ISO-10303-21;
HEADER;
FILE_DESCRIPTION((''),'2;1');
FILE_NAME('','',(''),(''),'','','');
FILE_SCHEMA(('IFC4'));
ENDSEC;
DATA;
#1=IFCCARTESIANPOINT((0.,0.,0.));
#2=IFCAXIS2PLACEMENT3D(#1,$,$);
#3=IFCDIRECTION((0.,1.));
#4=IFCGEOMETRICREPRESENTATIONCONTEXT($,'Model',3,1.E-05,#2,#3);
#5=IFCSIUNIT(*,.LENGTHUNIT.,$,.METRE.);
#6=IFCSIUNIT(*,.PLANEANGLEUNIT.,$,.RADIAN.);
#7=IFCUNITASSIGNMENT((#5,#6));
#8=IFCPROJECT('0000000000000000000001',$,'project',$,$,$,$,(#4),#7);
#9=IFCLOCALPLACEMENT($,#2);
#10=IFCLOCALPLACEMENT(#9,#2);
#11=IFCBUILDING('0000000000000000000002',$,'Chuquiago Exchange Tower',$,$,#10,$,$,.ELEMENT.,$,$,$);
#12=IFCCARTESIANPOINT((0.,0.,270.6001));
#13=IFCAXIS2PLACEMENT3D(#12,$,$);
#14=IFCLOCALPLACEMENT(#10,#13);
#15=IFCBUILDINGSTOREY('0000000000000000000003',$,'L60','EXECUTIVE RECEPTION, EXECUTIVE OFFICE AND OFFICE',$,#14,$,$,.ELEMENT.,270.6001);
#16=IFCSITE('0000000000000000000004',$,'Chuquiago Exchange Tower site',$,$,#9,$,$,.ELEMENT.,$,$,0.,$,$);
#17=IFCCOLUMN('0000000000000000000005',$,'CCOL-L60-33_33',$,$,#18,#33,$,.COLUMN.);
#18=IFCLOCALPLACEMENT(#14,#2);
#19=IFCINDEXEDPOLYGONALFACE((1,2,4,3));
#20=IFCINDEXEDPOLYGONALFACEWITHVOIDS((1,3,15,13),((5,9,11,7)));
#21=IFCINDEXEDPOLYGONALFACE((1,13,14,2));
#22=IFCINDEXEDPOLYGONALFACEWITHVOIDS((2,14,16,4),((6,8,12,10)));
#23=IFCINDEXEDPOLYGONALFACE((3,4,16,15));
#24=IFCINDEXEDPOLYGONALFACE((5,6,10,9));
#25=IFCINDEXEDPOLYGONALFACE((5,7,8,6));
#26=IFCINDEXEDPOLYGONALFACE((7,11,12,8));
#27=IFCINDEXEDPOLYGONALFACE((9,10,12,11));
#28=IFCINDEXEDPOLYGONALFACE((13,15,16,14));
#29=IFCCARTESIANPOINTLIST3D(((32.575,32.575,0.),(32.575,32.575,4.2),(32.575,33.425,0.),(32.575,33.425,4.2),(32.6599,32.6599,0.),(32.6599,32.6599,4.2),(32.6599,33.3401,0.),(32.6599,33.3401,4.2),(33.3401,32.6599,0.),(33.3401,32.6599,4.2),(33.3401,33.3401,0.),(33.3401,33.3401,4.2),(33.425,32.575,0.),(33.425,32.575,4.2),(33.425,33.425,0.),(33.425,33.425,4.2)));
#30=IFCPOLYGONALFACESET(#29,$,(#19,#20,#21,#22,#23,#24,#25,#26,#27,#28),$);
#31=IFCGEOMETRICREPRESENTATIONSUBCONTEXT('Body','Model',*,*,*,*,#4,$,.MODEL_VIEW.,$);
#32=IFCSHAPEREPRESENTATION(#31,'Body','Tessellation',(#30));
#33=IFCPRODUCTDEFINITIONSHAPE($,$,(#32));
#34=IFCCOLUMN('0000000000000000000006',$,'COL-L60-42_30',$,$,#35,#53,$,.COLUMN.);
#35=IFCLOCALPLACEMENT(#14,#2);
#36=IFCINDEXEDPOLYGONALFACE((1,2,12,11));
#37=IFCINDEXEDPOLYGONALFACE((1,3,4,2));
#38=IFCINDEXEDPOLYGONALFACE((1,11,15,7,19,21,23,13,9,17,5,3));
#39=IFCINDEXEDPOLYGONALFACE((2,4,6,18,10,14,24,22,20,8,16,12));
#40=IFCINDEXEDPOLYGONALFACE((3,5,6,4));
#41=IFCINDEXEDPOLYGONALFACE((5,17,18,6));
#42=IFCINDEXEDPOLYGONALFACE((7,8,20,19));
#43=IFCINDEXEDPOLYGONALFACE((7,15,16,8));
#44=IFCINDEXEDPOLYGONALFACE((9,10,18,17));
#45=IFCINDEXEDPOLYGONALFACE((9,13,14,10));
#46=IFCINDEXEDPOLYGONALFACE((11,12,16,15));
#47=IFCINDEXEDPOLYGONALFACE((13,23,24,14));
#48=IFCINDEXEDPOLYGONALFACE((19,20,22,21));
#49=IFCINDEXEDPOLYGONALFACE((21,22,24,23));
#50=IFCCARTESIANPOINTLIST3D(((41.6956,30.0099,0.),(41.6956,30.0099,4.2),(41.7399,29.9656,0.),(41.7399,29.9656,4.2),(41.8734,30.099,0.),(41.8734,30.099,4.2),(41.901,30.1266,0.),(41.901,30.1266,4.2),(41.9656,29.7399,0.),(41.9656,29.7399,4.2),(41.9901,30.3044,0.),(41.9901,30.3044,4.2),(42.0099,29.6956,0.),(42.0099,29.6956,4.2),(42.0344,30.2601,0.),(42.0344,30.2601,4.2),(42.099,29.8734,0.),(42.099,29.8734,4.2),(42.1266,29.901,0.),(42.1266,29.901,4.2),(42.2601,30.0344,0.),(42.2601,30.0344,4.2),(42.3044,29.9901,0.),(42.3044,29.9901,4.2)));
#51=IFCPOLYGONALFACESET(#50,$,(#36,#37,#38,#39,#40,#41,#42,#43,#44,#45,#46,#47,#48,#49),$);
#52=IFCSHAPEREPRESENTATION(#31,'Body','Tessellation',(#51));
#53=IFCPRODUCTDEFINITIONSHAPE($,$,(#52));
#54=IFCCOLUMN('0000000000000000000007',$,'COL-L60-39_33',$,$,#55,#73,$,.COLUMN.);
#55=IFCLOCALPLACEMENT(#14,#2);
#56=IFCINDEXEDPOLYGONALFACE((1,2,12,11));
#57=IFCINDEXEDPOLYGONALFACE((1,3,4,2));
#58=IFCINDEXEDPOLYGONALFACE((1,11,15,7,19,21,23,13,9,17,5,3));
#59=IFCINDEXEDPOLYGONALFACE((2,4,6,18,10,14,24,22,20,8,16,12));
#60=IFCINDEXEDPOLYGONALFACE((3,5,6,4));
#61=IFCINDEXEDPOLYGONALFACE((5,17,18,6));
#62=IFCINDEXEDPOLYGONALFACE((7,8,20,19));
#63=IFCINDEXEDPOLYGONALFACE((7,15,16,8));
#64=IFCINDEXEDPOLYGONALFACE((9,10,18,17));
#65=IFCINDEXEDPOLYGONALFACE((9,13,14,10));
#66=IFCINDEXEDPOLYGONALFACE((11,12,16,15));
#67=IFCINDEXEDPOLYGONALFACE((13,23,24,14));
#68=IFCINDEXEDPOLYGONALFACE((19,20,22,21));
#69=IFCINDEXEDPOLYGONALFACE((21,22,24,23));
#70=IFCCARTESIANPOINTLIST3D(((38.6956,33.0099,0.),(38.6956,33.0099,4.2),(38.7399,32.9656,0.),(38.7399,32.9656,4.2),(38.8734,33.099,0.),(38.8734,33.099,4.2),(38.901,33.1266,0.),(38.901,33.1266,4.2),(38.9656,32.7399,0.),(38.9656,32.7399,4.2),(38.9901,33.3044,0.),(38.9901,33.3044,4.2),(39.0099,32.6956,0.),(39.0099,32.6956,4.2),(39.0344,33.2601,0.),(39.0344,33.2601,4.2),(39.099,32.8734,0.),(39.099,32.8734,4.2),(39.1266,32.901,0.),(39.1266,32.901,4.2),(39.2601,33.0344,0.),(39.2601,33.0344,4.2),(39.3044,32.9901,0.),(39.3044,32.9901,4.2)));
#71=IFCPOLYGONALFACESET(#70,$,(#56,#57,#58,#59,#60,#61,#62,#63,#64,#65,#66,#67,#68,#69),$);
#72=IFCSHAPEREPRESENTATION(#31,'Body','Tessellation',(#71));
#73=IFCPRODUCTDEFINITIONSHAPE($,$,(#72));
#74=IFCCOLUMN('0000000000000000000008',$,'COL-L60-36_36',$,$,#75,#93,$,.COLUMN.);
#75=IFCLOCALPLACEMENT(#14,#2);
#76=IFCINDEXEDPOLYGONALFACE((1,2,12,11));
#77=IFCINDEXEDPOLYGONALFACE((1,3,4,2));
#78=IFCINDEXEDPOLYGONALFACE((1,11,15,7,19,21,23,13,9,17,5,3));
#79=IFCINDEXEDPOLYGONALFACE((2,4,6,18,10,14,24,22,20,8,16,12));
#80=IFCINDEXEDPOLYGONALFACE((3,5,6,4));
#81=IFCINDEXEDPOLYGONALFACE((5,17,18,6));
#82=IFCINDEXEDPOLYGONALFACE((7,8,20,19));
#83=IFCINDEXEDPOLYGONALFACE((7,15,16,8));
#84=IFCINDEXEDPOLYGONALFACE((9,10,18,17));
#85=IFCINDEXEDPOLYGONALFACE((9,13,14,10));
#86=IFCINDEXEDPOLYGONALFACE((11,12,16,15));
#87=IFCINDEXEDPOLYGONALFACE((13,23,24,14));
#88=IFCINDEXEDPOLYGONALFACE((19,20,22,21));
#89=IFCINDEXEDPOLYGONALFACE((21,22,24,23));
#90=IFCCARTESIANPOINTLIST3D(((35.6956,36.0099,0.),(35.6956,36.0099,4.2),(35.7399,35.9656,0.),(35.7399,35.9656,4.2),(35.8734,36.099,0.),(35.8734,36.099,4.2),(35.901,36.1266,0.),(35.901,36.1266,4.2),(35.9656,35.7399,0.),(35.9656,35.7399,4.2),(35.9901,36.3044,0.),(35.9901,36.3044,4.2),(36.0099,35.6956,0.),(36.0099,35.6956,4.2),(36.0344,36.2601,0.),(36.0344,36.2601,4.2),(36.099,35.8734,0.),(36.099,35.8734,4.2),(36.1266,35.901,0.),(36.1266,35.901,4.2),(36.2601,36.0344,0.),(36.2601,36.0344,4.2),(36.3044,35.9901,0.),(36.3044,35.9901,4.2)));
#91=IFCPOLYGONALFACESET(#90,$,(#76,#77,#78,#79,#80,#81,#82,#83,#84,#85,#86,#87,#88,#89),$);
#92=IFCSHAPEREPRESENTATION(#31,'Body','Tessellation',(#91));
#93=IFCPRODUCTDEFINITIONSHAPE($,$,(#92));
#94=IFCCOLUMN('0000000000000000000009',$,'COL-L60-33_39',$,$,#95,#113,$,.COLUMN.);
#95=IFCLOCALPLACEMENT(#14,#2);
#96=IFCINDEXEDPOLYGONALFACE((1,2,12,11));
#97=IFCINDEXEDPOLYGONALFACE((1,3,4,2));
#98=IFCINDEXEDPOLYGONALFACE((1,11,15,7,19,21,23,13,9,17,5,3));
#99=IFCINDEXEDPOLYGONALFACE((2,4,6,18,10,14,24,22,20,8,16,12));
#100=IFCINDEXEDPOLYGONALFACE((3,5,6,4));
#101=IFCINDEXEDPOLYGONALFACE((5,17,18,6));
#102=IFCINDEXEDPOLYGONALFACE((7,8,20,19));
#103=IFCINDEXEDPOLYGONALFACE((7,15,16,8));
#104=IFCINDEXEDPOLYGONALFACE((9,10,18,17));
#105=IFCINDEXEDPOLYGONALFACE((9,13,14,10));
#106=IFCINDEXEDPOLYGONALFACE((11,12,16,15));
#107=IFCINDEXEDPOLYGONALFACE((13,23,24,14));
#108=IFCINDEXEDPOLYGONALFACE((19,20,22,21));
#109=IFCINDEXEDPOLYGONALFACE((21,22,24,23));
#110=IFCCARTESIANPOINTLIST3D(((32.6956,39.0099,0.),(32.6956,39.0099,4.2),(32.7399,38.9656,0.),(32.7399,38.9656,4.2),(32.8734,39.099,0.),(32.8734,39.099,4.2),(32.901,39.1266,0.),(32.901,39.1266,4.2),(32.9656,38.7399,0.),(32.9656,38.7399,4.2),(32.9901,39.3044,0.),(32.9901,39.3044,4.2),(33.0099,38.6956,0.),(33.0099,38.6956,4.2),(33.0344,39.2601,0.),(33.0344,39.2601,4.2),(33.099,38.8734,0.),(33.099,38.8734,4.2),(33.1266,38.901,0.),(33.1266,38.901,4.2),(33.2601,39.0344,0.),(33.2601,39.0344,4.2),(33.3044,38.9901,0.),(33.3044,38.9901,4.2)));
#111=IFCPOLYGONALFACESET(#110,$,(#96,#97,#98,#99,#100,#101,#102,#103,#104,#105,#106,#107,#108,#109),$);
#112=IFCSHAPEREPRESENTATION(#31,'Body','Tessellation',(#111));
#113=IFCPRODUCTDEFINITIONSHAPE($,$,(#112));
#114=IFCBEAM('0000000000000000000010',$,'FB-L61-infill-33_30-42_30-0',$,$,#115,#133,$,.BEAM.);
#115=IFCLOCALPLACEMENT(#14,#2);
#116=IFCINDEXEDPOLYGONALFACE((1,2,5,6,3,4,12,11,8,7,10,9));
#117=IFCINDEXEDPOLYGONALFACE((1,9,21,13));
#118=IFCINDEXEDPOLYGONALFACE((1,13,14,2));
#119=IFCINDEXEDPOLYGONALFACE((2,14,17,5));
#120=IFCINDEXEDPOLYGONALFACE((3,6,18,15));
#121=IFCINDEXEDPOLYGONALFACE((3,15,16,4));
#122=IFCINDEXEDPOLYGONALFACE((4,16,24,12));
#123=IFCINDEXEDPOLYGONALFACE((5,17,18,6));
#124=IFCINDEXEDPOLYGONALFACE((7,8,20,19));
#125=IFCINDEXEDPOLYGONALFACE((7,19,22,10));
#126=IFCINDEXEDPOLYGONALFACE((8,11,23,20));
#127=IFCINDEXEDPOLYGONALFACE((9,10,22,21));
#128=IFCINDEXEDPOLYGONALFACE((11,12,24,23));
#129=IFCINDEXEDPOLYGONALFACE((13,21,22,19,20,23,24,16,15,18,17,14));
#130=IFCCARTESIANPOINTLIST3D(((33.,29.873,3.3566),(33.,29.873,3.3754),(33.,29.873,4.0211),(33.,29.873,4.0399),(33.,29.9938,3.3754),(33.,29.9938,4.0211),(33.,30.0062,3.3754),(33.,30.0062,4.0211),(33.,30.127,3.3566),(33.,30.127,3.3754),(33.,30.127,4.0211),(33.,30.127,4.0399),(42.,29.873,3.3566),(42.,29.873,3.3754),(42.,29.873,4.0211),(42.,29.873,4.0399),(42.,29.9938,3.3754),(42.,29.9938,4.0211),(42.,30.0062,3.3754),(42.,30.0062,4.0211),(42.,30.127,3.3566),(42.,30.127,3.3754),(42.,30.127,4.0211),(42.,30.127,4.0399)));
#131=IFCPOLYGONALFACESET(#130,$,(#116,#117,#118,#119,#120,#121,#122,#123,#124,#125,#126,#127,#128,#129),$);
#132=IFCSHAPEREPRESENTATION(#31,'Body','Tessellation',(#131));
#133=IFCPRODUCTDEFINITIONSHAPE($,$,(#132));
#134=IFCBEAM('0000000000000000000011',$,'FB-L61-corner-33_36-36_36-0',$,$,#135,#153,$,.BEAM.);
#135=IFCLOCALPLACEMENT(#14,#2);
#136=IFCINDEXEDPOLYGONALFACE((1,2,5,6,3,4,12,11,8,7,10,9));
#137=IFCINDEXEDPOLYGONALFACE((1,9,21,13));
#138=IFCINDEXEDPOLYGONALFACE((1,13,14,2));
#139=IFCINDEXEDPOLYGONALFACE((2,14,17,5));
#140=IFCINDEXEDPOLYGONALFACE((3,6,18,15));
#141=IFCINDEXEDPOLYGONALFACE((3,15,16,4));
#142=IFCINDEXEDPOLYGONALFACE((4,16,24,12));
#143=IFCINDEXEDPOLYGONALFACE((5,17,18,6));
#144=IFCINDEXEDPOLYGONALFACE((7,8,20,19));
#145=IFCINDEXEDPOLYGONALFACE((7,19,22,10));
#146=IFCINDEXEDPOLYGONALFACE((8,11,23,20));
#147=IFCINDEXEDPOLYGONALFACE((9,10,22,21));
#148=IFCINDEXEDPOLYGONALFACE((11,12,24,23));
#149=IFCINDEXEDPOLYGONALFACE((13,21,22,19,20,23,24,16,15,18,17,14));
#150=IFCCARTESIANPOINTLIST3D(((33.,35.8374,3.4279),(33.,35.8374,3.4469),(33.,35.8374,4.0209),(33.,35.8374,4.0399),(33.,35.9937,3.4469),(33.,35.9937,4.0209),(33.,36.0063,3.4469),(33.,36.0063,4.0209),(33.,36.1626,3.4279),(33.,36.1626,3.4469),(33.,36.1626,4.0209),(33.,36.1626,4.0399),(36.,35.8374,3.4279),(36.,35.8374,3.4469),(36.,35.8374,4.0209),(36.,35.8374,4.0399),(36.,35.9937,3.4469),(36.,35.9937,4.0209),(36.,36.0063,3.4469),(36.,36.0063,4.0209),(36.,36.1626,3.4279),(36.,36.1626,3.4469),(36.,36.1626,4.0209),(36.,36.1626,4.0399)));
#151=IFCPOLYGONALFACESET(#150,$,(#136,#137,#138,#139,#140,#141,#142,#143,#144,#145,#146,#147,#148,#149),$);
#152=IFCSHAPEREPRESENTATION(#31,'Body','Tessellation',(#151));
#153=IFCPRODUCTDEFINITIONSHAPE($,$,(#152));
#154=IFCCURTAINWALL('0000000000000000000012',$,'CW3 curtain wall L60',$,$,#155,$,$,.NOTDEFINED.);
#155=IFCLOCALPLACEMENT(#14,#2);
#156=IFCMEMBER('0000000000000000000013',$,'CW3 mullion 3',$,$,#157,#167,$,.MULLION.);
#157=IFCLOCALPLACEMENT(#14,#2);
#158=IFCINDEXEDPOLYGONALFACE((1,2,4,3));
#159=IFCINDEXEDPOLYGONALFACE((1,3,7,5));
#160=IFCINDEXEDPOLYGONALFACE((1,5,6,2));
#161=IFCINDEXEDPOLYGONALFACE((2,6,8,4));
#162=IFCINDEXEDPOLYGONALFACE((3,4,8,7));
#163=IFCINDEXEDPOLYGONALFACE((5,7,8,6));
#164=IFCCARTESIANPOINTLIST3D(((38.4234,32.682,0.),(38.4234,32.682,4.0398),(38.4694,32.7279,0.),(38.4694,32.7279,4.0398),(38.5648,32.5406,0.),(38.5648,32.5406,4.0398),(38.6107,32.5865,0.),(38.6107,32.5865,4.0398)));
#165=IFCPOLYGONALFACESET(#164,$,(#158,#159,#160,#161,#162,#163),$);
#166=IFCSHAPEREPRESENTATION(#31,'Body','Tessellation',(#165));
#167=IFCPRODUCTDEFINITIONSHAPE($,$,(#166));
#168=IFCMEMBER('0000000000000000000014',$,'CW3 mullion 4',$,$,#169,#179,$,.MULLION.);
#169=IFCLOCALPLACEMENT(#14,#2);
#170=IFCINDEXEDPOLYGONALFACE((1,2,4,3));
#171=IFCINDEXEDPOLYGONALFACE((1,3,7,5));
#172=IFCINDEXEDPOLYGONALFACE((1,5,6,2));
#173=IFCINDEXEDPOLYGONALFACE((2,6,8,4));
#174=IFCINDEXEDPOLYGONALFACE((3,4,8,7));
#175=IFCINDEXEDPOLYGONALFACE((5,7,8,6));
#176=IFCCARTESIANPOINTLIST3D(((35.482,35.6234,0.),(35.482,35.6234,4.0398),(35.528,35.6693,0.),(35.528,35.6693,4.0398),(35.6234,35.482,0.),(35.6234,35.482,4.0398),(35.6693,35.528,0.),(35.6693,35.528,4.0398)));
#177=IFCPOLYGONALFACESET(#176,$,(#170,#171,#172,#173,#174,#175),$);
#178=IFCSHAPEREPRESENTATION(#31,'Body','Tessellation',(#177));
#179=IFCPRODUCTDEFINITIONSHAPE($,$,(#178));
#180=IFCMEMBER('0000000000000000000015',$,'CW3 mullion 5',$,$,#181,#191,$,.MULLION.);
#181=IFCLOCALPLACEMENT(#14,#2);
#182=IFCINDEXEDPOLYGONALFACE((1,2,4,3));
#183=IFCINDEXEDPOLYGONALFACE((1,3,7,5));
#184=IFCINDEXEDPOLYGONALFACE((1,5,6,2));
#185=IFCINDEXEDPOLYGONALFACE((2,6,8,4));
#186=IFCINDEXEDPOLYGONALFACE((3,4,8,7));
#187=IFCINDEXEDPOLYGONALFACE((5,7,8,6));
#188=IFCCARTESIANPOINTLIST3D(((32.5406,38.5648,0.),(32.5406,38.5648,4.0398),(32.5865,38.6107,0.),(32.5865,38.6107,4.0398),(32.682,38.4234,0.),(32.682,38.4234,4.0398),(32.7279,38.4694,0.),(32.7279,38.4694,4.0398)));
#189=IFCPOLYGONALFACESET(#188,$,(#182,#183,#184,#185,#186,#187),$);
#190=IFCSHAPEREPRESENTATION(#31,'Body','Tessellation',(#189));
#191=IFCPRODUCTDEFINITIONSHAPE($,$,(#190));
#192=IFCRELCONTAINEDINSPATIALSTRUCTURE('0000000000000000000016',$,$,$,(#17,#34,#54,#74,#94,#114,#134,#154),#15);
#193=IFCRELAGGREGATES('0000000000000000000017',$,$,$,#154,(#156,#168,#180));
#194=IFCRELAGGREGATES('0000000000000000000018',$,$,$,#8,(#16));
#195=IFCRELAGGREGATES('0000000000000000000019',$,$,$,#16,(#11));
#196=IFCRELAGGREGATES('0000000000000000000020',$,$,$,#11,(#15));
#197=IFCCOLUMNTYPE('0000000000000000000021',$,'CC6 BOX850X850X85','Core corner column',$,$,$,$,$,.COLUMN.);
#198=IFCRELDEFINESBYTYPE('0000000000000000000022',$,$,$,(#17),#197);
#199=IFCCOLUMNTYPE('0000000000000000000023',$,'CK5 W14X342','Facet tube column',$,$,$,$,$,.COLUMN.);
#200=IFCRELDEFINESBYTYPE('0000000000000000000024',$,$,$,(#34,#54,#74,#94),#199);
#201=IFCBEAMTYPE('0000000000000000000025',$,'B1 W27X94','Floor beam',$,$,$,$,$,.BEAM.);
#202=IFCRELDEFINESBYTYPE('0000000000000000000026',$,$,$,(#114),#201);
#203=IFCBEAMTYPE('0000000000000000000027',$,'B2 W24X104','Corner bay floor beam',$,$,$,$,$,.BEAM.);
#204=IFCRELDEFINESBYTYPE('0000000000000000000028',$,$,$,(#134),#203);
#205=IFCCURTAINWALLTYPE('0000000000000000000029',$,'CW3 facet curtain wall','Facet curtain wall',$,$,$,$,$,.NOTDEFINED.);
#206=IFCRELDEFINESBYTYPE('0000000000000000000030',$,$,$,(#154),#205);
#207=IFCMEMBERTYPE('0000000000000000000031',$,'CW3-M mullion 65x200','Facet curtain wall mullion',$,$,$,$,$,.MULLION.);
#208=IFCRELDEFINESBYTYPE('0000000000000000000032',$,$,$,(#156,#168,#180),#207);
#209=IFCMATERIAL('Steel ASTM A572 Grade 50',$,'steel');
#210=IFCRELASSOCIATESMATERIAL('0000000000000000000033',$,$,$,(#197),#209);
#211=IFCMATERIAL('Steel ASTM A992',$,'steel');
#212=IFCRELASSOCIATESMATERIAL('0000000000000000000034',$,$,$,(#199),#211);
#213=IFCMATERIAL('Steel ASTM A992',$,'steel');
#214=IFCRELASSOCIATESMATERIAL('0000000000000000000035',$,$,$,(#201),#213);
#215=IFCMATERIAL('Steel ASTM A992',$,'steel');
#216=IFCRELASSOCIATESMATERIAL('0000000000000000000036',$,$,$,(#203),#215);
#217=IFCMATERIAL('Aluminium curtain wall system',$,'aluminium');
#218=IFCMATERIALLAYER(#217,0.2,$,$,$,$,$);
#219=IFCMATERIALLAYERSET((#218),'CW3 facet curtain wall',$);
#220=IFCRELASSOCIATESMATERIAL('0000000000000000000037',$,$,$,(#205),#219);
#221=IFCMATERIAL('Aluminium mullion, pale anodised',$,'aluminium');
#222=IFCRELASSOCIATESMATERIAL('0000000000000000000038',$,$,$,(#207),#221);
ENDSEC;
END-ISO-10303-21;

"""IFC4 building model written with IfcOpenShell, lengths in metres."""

from ifc_helpers import new_model, si_unit, direction, frame, origin, origin_2d, place, context, subcontext, project, spatial, rectangle, hollow_rectangle, i_section, extrude, material, layer, layer_set, material_profile, profile_set, type_object, element, aggregate, save


model = new_model("IFC4")

# Units and contexts
model_context = context("Model", 3, precision=1e-05, world=origin(), true_north=direction((0.0, 1.0)))
body_context = subcontext(model_context, "Body", "Model", "MODEL_VIEW")
ifc_project = project(units=[si_unit("LENGTHUNIT", "METRE"), si_unit("PLANEANGLEUNIT", "RADIAN")], contexts=[model_context])

# Site, building, storey
site_placement = place(None, origin())
site = spatial("IfcSite", under=ifc_project, at=site_placement, Name="Chuquiago Exchange Tower site", CompositionType="ELEMENT", RefElevation=0.0)
building_placement = place(site_placement, origin())
building = spatial("IfcBuilding", under=site, at=building_placement, Name="Chuquiago Exchange Tower", CompositionType="ELEMENT")
storey_placement = place(building_placement, frame((0.0, 0.0, 270.6001)))
storey = spatial("IfcBuildingStorey", under=building, at=storey_placement, Name="L60", Description="EXECUTIVE RECEPTION, EXECUTIVE OFFICE AND OFFICE", CompositionType="ELEMENT", Elevation=270.6001)

# Columns
ifc_material_1 = material(Name="Steel ASTM A572 Grade 50", Category="steel")
ifc_material_profile_1 = material_profile(ifc_material_1, hollow_rectangle(XDim=0.8501, YDim=0.8501, WallThickness=0.085, at=origin_2d()), Name="BOX850X850X85")
ifc_profile_set_1 = profile_set([ifc_material_profile_1], Name="Steel ASTM A572 Grade 50")
column_type_1 = type_object("IfcColumnType", Name="CC6 BOX850X850X85", Description="Core corner column", PredefinedType="COLUMN", material=ifc_profile_set_1)
column_placement = place(storey_placement, frame((33.0, 33.0, 0.0), z_axis=(0.0, 0.0, 1.0), x_axis=(1.0, 0.0, 0.0)))
element("IfcColumn", 1, at=column_placement, inside=storey, type_object=column_type_1, Name="CCOL-L60-33_33", PredefinedType="COLUMN", context=body_context, shape_type="SweptSolid", body=[
    extrude(hollow_rectangle(XDim=0.8501, YDim=0.8501, WallThickness=0.085, at=origin_2d()), origin(), (0.0, 0.0, 1.0), 4.2),
])
ifc_material_2 = material(Name="Steel ASTM A992", Category="steel")
ifc_material_profile_2 = material_profile(ifc_material_2, i_section(OverallWidth=0.4165, OverallDepth=0.4446, WebThickness=0.0391, FlangeThickness=0.0627, at=origin_2d()), Name="W14X342")
ifc_profile_set_2 = profile_set([ifc_material_profile_2], Name="Steel ASTM A992")
column_type_2 = type_object("IfcColumnType", Name="CK5 W14X342", Description="Facet tube column", PredefinedType="COLUMN", material=ifc_profile_set_2)
for number, where, z_axis, x_axis, name in (
    (2, (42.0, 30.0, 0.0), (0.0, 0.0, 1.0), (0.707107, 0.707107, 0.0), "COL-L60-42_30"),
    (3, (39.0, 33.0, 0.0), (0.0, 0.0, 1.0), (0.707107, 0.707107, 0.0), "COL-L60-39_33"),
    (4, (36.0, 36.0, 0.0), (0.0, 0.0, 1.0), (0.707107, 0.707107, 0.0), "COL-L60-36_36"),
    (5, (33.0, 39.0, 0.0), (0.0, 0.0, 1.0), (0.707107, 0.707107, 0.0), "COL-L60-33_39"),
):
    element("IfcColumn", number, at=place(storey_placement, frame(where, z_axis=z_axis, x_axis=x_axis)), inside=storey, type_object=column_type_2, Name=name, PredefinedType="COLUMN", context=body_context, shape_type="SweptSolid", body=[
        extrude(i_section(OverallWidth=0.4165, OverallDepth=0.4446, WebThickness=0.0391, FlangeThickness=0.0627, at=origin_2d()), origin(), (0.0, 0.0, 1.0), 4.2),
    ])

# Beams
ifc_material_3 = material(Name="Steel ASTM A992", Category="steel")
ifc_material_profile_3 = material_profile(ifc_material_3, i_section(OverallWidth=0.2539, OverallDepth=0.6833, WebThickness=0.0125, FlangeThickness=0.0188, at=origin_2d()), Name="W27X94")
ifc_profile_set_3 = profile_set([ifc_material_profile_3], Name="Steel ASTM A992")
beam_type_1 = type_object("IfcBeamType", Name="B1 W27X94", Description="Floor beam", PredefinedType="BEAM", material=ifc_profile_set_3)
beam_1_placement = place(storey_placement, frame((33.0, 30.0, 3.6982), z_axis=(1.0, 0.0, 0.0), x_axis=(0.0, 1.0, 0.0)))
element("IfcBeam", 6, at=beam_1_placement, inside=storey, type_object=beam_type_1, Name="FB-L61-infill-33_30-42_30-0", PredefinedType="BEAM", context=body_context, shape_type="SweptSolid", body=[
    extrude(i_section(OverallWidth=0.2539, OverallDepth=0.6833, WebThickness=0.0125, FlangeThickness=0.0188, at=origin_2d()), origin(), (0.0, 0.0, 1.0), 9.0),
])
ifc_material_4 = material(Name="Steel ASTM A992", Category="steel")
ifc_material_profile_4 = material_profile(ifc_material_4, i_section(OverallWidth=0.3252, OverallDepth=0.6121, WebThickness=0.0127, FlangeThickness=0.019, at=origin_2d()), Name="W24X104")
ifc_profile_set_4 = profile_set([ifc_material_profile_4], Name="Steel ASTM A992")
beam_type_2 = type_object("IfcBeamType", Name="B2 W24X104", Description="Corner bay floor beam", PredefinedType="BEAM", material=ifc_profile_set_4)
beam_2_placement = place(storey_placement, frame((33.0, 36.0, 3.7339), z_axis=(1.0, 0.0, 0.0), x_axis=(0.0, 1.0, 0.0)))
element("IfcBeam", 7, at=beam_2_placement, inside=storey, type_object=beam_type_2, Name="FB-L61-corner-33_36-36_36-0", PredefinedType="BEAM", context=body_context, shape_type="SweptSolid", body=[
    extrude(i_section(OverallWidth=0.3252, OverallDepth=0.6121, WebThickness=0.0127, FlangeThickness=0.019, at=origin_2d()), origin(), (0.0, 0.0, 1.0), 3.0),
])

# Curtain wall, members
ifc_material_5 = material(Name="Aluminium curtain wall system", Category="aluminium")
ifc_layer_1 = layer(ifc_material_5, 0.2)
ifc_layer_set_1 = layer_set([ifc_layer_1], Name="CW3 facet curtain wall")
curtain_wall_type = type_object("IfcCurtainWallType", Name="CW3 facet curtain wall", Description="Facet curtain wall", PredefinedType="NOTDEFINED", material=ifc_layer_set_1)
curtain_wall_placement = place(storey_placement, origin())
curtain_wall = element("IfcCurtainWall", 8, at=curtain_wall_placement, inside=storey, type_object=curtain_wall_type, Name="CW3 curtain wall L60", PredefinedType="NOTDEFINED")
ifc_material_6 = material(Name="Aluminium mullion, pale anodised", Category="aluminium")
ifc_material_profile_5 = material_profile(ifc_material_6, rectangle(XDim=0.0649, YDim=0.2, at=origin_2d()), Name="AL 65x200")
ifc_profile_set_5 = profile_set([ifc_material_profile_5], Name="Aluminium mullion, pale anodised")
member_type_1 = type_object("IfcMemberType", Name="CW3-M mullion 65x200", Description="Facet curtain wall mullion", PredefinedType="MULLION", material=ifc_profile_set_5)
member_1_placement = place(storey_placement, frame((38.5171, 32.6343, 0.0), z_axis=(0.0, 0.0, 1.0), x_axis=(-0.707107, -0.707107, 0.0)))
member_1 = element("IfcMember", 9, at=member_1_placement, type_object=member_type_1, Name="CW3 mullion 3", PredefinedType="MULLION", context=body_context, shape_type="SweptSolid", body=[
    extrude(rectangle(XDim=0.0649, YDim=0.2, at=origin_2d()), origin(), (0.0, 0.0, 1.0), 4.0398),
])
member_2_placement = place(storey_placement, frame((35.5757, 35.5757, 0.0), z_axis=(0.0, 0.0, 1.0), x_axis=(-0.707107, -0.707107, 0.0)))
member_2 = element("IfcMember", 10, at=member_2_placement, type_object=member_type_1, Name="CW3 mullion 4", PredefinedType="MULLION", context=body_context, shape_type="SweptSolid", body=[
    extrude(rectangle(XDim=0.0649, YDim=0.2, at=origin_2d()), origin(), (0.0, 0.0, 1.0), 4.0398),
])
member_3_placement = place(storey_placement, frame((32.6343, 38.5171, 0.0), z_axis=(0.0, 0.0, 1.0), x_axis=(-0.707107, -0.707107, 0.0)))
member_3 = element("IfcMember", 11, at=member_3_placement, type_object=member_type_1, Name="CW3 mullion 5", PredefinedType="MULLION", context=body_context, shape_type="SweptSolid", body=[
    extrude(rectangle(XDim=0.0649, YDim=0.2, at=origin_2d()), origin(), (0.0, 0.0, 1.0), 4.0398),
])

aggregate(curtain_wall, [member_1, member_2, member_3])

save(model, "model.ifc")
